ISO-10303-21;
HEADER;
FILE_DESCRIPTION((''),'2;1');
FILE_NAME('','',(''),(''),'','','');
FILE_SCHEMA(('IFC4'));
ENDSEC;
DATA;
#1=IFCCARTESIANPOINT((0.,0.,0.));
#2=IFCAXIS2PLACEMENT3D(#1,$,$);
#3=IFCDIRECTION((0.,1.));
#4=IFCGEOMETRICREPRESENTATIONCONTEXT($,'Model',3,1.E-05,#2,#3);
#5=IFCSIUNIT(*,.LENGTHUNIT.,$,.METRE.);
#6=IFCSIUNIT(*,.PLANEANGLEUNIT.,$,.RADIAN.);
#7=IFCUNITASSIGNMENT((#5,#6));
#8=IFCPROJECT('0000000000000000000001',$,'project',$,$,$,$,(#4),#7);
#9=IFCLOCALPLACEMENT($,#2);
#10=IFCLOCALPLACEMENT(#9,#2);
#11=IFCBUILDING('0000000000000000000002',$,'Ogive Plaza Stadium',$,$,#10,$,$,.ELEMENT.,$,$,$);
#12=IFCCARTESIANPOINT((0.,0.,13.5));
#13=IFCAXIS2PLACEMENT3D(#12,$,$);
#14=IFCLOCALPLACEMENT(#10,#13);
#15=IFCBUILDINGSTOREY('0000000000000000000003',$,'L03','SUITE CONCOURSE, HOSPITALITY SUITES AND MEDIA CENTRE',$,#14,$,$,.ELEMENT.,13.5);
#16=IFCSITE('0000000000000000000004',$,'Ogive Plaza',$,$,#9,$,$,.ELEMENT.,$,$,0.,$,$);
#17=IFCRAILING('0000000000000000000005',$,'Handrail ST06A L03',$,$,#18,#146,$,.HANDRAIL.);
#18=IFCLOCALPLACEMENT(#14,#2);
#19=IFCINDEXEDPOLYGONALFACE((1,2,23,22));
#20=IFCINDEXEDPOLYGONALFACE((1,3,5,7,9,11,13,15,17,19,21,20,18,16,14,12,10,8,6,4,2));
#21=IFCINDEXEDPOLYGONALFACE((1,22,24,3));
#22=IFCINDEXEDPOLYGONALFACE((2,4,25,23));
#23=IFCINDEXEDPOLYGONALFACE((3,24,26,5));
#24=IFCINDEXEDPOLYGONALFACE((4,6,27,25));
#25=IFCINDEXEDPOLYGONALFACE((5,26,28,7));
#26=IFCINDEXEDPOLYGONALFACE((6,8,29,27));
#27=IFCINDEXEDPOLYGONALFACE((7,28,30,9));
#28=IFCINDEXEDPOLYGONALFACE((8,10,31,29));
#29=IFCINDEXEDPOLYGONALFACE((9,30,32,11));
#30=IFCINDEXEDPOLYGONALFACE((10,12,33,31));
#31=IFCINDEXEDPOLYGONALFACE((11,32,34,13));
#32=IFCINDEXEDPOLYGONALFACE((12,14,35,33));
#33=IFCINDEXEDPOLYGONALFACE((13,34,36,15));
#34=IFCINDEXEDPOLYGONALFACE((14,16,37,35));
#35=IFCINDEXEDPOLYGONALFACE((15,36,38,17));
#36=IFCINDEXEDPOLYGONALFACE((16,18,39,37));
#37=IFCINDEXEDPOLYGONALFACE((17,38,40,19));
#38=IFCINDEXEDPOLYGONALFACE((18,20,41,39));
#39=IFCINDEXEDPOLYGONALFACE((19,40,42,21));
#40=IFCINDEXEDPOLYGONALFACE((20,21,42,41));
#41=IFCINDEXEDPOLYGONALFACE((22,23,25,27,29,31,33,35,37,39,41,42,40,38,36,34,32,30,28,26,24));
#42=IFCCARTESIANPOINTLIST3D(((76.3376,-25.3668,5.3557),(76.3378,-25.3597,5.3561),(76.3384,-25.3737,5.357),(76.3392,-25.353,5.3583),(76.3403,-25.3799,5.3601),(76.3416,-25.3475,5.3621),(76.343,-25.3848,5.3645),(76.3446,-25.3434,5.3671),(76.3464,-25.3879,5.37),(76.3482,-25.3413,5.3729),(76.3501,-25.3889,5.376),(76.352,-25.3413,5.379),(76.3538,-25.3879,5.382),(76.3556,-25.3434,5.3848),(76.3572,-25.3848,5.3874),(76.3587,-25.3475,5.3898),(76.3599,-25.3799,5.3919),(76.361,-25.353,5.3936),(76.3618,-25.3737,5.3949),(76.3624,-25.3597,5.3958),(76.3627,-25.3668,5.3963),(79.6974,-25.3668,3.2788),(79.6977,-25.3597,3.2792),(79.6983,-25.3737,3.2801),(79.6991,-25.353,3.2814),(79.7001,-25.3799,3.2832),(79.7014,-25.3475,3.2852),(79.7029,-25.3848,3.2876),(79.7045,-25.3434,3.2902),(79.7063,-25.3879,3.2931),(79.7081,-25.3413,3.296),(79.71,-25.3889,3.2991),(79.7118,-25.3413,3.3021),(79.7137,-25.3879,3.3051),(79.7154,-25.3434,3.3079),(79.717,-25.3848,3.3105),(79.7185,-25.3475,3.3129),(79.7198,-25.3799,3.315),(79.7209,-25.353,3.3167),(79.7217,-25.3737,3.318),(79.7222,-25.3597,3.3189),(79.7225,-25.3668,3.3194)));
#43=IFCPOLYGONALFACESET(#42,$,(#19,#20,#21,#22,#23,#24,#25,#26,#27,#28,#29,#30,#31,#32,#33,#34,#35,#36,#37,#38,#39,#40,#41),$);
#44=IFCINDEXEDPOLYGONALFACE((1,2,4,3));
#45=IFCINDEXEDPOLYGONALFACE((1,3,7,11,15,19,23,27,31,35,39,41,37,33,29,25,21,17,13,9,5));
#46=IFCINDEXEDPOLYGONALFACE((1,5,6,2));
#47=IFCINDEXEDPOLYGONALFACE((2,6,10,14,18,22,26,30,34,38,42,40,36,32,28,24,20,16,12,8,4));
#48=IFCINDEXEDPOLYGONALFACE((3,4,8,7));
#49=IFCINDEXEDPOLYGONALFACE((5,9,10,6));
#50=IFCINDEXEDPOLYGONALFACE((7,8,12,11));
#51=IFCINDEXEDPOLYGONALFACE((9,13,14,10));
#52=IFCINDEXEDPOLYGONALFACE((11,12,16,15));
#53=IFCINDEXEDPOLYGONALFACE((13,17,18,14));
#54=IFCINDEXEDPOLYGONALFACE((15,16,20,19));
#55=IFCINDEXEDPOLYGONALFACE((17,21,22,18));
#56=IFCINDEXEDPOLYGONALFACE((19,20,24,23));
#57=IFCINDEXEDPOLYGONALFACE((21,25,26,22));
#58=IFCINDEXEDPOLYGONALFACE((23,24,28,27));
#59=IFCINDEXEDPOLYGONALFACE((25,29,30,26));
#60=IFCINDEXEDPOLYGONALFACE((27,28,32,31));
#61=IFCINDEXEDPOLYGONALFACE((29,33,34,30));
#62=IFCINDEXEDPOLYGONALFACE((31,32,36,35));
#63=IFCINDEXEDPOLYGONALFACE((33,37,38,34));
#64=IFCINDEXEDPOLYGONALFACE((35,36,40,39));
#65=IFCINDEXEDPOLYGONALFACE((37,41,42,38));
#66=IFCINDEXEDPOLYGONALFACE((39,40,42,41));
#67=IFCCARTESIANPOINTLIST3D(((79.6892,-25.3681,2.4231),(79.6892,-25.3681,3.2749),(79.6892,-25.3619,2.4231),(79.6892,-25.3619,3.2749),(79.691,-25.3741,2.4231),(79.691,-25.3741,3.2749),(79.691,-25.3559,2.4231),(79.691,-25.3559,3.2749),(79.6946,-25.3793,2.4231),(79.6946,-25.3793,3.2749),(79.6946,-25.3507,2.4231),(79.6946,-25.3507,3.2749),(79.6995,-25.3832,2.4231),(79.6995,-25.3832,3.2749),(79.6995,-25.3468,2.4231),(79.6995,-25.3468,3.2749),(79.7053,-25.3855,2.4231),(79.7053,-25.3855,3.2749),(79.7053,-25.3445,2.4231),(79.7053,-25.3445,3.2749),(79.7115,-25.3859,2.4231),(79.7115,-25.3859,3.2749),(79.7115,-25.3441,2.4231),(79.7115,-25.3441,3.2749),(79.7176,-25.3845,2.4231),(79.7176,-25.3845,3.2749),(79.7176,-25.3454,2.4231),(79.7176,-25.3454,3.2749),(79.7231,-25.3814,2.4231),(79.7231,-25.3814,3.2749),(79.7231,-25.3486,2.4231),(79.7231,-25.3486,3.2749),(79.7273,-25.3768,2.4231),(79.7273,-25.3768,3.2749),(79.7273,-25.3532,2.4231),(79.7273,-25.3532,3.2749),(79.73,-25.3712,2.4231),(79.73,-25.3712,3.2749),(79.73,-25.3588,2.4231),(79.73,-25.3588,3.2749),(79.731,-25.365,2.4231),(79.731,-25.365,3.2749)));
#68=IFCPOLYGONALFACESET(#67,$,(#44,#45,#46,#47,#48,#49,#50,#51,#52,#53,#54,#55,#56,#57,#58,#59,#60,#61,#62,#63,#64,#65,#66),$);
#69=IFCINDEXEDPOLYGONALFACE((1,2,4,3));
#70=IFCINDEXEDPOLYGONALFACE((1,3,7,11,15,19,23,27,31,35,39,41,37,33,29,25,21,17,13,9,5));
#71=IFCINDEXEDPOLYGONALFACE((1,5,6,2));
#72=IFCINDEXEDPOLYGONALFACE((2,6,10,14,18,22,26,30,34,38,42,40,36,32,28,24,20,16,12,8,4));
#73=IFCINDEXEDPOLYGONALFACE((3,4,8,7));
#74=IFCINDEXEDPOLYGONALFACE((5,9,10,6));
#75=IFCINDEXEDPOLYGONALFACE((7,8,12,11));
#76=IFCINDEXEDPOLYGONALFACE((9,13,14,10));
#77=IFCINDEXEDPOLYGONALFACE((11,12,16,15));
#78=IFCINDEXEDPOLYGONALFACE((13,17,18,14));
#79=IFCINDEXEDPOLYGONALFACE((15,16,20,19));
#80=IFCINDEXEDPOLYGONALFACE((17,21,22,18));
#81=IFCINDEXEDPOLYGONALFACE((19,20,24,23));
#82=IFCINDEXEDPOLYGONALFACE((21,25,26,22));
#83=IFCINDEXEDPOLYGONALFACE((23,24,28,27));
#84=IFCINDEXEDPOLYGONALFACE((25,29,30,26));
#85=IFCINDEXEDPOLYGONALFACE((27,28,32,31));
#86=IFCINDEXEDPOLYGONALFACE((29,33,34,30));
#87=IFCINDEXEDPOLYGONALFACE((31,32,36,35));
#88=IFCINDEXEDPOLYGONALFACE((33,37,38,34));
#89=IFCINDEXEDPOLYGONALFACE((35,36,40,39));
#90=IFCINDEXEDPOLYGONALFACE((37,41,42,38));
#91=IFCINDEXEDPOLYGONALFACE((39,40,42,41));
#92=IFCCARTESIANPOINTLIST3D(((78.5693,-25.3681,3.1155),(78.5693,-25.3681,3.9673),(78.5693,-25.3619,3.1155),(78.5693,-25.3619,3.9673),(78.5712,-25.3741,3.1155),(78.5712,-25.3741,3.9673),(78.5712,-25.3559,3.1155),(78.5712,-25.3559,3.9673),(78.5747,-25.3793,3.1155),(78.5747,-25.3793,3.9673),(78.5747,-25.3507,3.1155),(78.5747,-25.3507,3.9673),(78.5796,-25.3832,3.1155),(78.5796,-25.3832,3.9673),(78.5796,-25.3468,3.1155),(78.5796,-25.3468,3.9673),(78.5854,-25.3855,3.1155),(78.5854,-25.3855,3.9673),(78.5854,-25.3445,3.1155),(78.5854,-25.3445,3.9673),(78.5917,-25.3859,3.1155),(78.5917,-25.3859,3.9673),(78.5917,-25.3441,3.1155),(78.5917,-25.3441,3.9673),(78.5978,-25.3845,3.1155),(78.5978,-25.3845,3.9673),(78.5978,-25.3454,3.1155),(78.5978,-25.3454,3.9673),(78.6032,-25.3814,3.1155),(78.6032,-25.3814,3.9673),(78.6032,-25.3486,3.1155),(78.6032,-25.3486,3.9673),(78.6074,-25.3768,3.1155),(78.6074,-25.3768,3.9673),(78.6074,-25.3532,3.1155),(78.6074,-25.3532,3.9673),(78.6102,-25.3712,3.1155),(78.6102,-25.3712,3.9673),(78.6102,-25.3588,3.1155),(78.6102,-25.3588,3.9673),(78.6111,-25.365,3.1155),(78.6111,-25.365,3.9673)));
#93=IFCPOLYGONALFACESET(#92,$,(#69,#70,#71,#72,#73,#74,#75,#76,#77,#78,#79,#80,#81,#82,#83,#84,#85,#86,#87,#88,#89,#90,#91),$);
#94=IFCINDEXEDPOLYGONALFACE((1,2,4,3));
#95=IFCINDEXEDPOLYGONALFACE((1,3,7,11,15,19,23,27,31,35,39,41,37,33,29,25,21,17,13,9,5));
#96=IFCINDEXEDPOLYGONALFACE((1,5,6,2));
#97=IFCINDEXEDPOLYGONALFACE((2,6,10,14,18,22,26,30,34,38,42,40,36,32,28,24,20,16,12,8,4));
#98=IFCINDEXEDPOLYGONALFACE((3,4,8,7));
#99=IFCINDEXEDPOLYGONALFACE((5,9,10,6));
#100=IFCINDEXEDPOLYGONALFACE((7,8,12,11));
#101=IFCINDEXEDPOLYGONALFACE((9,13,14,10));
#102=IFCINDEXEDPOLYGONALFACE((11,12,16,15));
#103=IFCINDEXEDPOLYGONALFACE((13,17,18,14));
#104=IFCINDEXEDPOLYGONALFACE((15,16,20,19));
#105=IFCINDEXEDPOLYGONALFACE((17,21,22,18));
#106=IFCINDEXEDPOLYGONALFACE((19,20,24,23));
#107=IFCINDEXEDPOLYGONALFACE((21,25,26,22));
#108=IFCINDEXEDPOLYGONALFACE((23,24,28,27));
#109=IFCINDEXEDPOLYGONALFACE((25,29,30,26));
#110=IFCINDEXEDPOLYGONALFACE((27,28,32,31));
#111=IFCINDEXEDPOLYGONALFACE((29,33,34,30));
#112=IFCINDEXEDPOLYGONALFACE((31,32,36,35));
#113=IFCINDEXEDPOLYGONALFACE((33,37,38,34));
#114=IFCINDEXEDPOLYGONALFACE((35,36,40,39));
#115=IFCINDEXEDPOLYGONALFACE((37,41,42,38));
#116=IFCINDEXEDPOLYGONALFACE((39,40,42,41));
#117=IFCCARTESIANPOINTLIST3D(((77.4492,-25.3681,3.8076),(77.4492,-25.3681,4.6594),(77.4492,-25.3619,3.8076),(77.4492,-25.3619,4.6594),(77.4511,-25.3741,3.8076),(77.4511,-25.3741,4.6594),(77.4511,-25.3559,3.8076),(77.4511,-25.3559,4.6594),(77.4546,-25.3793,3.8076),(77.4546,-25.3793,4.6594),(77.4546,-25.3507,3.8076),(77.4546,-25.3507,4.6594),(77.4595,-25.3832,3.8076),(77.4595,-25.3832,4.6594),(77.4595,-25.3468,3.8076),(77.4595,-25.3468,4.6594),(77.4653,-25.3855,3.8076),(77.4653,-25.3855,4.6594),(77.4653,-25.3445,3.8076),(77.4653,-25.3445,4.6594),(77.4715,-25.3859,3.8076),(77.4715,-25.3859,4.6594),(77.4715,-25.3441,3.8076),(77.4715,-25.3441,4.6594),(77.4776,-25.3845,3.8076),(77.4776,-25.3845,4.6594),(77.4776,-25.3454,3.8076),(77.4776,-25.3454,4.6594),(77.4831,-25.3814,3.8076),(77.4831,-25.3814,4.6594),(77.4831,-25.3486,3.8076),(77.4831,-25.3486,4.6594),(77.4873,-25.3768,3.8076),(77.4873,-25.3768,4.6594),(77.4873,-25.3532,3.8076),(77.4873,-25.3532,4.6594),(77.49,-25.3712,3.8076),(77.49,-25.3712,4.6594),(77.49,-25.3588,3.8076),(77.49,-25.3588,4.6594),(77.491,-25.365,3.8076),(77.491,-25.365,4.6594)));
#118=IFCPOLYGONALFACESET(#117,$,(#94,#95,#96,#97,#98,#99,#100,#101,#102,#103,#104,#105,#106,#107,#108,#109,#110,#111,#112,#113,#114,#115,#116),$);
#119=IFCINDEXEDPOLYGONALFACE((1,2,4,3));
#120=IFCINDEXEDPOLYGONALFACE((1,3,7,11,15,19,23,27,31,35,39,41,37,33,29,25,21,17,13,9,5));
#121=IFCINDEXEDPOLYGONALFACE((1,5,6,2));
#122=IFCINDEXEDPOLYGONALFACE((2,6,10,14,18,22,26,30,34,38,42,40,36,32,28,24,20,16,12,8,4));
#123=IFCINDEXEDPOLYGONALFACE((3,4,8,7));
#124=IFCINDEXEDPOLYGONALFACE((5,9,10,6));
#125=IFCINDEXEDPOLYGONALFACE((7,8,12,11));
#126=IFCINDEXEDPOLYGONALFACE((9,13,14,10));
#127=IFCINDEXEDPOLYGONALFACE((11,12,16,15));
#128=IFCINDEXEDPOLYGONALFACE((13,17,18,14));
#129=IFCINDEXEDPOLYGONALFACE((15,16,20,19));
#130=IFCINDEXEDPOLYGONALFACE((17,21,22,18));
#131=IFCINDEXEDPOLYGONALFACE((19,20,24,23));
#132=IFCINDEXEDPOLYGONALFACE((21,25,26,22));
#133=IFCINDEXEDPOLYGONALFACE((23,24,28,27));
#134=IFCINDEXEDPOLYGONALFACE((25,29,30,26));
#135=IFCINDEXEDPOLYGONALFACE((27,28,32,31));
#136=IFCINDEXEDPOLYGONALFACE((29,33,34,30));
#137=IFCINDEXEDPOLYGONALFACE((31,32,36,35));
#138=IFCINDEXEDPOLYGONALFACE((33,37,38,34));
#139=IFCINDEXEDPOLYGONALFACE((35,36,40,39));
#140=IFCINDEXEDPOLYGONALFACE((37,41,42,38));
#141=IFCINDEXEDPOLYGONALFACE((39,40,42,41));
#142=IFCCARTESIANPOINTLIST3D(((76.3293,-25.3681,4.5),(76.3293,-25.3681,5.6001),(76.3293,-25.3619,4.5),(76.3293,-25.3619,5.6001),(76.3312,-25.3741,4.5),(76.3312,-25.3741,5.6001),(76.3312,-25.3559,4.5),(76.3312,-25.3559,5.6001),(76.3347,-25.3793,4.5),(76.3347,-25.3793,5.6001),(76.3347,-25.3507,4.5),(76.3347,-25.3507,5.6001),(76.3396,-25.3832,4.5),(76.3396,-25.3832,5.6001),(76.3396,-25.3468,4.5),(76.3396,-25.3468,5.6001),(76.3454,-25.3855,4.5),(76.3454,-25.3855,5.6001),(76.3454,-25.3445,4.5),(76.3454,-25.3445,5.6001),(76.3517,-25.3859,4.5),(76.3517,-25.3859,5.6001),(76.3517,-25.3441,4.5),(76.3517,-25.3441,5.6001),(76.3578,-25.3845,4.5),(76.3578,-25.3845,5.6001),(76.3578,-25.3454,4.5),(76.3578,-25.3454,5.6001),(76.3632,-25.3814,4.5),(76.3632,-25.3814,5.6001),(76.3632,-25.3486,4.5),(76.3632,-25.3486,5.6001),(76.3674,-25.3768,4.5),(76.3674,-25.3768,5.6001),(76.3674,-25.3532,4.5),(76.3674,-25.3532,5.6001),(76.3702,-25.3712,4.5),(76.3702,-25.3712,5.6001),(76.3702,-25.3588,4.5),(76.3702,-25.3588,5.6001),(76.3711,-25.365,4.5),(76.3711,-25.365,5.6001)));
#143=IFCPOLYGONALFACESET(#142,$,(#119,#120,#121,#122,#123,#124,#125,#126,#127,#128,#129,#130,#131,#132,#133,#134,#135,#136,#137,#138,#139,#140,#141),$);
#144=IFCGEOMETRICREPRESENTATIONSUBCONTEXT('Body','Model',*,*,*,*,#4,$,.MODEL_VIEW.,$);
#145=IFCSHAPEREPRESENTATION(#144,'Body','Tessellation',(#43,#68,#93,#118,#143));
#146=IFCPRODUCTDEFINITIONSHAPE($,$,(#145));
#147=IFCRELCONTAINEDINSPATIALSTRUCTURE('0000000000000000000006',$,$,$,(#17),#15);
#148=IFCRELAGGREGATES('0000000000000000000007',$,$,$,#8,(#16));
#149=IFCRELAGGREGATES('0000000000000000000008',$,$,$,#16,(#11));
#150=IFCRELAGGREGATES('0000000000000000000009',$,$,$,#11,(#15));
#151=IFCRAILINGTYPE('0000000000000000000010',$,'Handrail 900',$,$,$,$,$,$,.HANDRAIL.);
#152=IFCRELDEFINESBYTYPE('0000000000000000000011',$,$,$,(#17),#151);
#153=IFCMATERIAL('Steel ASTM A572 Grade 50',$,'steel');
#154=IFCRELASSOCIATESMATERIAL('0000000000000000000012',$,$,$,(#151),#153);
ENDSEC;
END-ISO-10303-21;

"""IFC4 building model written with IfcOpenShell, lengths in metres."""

from ifc_helpers import new_model, si_unit, direction, frame, origin, origin_2d, place, context, subcontext, project, spatial, circle, extrude, material, type_object, element, save


model = new_model("IFC4")

# Units and contexts
model_context = context("Model", 3, precision=1e-05, world=origin(), true_north=direction((0.0, 1.0)))
body_context = subcontext(model_context, "Body", "Model", "MODEL_VIEW")
ifc_project = project(units=[si_unit("LENGTHUNIT", "METRE"), si_unit("PLANEANGLEUNIT", "RADIAN")], contexts=[model_context])

# Site, building, storey
site_placement = place(None, origin())
site = spatial("IfcSite", under=ifc_project, at=site_placement, Name="Ogive Plaza", CompositionType="ELEMENT", RefElevation=0.0)
building_placement = place(site_placement, origin())
building = spatial("IfcBuilding", under=site, at=building_placement, Name="Ogive Plaza Stadium", CompositionType="ELEMENT")
storey_placement = place(building_placement, frame((0.0, 0.0, 13.5)))
storey = spatial("IfcBuildingStorey", under=building, at=storey_placement, Name="L03", Description="SUITE CONCOURSE, HOSPITALITY SUITES AND MEDIA CENTRE", CompositionType="ELEMENT", Elevation=13.5)

# Railing
ifc_material_1 = material(Name="Steel ASTM A572 Grade 50", Category="steel")
railing_type_1 = type_object("IfcRailingType", Name="Handrail 900", PredefinedType="HANDRAIL", material=ifc_material_1)
for number, where, name in (
    (1, (79.71, -25.365, 2.4231), "Handrail ST06A L03"),
):
    element("IfcRailing", number, at=place(storey_placement, frame(where)), inside=storey, type_object=railing_type_1, Name=name, PredefinedType="HANDRAIL", context=body_context, shape_type="SweptSolid", body=[
        extrude(circle(Radius=0.0239, at=origin_2d()), frame((0.0, 0.0, 0.876), z_axis=(-0.850606, 0.0, 0.525803), x_axis=(0.0, -1.0, 0.0)), (0.0, 0.0, 1.0), 3.95),
        extrude(circle(Radius=0.021, at=origin_2d()), origin(), (0.0, 0.0, 1.0), 0.8518),
        extrude(circle(Radius=0.021, at=origin_2d()), frame((-1.1199, 0.0, 0.6924)), (0.0, 0.0, 1.0), 0.8518),
        extrude(circle(Radius=0.021, at=origin_2d()), frame((-2.24, 0.0, 1.3845)), (0.0, 0.0, 1.0), 0.8518),
        extrude(circle(Radius=0.021, at=origin_2d()), frame((-3.3599, 0.0, 2.0769)), (0.0, 0.0, 1.0), 1.1001),
    ])

save(model, "model.ifc")
